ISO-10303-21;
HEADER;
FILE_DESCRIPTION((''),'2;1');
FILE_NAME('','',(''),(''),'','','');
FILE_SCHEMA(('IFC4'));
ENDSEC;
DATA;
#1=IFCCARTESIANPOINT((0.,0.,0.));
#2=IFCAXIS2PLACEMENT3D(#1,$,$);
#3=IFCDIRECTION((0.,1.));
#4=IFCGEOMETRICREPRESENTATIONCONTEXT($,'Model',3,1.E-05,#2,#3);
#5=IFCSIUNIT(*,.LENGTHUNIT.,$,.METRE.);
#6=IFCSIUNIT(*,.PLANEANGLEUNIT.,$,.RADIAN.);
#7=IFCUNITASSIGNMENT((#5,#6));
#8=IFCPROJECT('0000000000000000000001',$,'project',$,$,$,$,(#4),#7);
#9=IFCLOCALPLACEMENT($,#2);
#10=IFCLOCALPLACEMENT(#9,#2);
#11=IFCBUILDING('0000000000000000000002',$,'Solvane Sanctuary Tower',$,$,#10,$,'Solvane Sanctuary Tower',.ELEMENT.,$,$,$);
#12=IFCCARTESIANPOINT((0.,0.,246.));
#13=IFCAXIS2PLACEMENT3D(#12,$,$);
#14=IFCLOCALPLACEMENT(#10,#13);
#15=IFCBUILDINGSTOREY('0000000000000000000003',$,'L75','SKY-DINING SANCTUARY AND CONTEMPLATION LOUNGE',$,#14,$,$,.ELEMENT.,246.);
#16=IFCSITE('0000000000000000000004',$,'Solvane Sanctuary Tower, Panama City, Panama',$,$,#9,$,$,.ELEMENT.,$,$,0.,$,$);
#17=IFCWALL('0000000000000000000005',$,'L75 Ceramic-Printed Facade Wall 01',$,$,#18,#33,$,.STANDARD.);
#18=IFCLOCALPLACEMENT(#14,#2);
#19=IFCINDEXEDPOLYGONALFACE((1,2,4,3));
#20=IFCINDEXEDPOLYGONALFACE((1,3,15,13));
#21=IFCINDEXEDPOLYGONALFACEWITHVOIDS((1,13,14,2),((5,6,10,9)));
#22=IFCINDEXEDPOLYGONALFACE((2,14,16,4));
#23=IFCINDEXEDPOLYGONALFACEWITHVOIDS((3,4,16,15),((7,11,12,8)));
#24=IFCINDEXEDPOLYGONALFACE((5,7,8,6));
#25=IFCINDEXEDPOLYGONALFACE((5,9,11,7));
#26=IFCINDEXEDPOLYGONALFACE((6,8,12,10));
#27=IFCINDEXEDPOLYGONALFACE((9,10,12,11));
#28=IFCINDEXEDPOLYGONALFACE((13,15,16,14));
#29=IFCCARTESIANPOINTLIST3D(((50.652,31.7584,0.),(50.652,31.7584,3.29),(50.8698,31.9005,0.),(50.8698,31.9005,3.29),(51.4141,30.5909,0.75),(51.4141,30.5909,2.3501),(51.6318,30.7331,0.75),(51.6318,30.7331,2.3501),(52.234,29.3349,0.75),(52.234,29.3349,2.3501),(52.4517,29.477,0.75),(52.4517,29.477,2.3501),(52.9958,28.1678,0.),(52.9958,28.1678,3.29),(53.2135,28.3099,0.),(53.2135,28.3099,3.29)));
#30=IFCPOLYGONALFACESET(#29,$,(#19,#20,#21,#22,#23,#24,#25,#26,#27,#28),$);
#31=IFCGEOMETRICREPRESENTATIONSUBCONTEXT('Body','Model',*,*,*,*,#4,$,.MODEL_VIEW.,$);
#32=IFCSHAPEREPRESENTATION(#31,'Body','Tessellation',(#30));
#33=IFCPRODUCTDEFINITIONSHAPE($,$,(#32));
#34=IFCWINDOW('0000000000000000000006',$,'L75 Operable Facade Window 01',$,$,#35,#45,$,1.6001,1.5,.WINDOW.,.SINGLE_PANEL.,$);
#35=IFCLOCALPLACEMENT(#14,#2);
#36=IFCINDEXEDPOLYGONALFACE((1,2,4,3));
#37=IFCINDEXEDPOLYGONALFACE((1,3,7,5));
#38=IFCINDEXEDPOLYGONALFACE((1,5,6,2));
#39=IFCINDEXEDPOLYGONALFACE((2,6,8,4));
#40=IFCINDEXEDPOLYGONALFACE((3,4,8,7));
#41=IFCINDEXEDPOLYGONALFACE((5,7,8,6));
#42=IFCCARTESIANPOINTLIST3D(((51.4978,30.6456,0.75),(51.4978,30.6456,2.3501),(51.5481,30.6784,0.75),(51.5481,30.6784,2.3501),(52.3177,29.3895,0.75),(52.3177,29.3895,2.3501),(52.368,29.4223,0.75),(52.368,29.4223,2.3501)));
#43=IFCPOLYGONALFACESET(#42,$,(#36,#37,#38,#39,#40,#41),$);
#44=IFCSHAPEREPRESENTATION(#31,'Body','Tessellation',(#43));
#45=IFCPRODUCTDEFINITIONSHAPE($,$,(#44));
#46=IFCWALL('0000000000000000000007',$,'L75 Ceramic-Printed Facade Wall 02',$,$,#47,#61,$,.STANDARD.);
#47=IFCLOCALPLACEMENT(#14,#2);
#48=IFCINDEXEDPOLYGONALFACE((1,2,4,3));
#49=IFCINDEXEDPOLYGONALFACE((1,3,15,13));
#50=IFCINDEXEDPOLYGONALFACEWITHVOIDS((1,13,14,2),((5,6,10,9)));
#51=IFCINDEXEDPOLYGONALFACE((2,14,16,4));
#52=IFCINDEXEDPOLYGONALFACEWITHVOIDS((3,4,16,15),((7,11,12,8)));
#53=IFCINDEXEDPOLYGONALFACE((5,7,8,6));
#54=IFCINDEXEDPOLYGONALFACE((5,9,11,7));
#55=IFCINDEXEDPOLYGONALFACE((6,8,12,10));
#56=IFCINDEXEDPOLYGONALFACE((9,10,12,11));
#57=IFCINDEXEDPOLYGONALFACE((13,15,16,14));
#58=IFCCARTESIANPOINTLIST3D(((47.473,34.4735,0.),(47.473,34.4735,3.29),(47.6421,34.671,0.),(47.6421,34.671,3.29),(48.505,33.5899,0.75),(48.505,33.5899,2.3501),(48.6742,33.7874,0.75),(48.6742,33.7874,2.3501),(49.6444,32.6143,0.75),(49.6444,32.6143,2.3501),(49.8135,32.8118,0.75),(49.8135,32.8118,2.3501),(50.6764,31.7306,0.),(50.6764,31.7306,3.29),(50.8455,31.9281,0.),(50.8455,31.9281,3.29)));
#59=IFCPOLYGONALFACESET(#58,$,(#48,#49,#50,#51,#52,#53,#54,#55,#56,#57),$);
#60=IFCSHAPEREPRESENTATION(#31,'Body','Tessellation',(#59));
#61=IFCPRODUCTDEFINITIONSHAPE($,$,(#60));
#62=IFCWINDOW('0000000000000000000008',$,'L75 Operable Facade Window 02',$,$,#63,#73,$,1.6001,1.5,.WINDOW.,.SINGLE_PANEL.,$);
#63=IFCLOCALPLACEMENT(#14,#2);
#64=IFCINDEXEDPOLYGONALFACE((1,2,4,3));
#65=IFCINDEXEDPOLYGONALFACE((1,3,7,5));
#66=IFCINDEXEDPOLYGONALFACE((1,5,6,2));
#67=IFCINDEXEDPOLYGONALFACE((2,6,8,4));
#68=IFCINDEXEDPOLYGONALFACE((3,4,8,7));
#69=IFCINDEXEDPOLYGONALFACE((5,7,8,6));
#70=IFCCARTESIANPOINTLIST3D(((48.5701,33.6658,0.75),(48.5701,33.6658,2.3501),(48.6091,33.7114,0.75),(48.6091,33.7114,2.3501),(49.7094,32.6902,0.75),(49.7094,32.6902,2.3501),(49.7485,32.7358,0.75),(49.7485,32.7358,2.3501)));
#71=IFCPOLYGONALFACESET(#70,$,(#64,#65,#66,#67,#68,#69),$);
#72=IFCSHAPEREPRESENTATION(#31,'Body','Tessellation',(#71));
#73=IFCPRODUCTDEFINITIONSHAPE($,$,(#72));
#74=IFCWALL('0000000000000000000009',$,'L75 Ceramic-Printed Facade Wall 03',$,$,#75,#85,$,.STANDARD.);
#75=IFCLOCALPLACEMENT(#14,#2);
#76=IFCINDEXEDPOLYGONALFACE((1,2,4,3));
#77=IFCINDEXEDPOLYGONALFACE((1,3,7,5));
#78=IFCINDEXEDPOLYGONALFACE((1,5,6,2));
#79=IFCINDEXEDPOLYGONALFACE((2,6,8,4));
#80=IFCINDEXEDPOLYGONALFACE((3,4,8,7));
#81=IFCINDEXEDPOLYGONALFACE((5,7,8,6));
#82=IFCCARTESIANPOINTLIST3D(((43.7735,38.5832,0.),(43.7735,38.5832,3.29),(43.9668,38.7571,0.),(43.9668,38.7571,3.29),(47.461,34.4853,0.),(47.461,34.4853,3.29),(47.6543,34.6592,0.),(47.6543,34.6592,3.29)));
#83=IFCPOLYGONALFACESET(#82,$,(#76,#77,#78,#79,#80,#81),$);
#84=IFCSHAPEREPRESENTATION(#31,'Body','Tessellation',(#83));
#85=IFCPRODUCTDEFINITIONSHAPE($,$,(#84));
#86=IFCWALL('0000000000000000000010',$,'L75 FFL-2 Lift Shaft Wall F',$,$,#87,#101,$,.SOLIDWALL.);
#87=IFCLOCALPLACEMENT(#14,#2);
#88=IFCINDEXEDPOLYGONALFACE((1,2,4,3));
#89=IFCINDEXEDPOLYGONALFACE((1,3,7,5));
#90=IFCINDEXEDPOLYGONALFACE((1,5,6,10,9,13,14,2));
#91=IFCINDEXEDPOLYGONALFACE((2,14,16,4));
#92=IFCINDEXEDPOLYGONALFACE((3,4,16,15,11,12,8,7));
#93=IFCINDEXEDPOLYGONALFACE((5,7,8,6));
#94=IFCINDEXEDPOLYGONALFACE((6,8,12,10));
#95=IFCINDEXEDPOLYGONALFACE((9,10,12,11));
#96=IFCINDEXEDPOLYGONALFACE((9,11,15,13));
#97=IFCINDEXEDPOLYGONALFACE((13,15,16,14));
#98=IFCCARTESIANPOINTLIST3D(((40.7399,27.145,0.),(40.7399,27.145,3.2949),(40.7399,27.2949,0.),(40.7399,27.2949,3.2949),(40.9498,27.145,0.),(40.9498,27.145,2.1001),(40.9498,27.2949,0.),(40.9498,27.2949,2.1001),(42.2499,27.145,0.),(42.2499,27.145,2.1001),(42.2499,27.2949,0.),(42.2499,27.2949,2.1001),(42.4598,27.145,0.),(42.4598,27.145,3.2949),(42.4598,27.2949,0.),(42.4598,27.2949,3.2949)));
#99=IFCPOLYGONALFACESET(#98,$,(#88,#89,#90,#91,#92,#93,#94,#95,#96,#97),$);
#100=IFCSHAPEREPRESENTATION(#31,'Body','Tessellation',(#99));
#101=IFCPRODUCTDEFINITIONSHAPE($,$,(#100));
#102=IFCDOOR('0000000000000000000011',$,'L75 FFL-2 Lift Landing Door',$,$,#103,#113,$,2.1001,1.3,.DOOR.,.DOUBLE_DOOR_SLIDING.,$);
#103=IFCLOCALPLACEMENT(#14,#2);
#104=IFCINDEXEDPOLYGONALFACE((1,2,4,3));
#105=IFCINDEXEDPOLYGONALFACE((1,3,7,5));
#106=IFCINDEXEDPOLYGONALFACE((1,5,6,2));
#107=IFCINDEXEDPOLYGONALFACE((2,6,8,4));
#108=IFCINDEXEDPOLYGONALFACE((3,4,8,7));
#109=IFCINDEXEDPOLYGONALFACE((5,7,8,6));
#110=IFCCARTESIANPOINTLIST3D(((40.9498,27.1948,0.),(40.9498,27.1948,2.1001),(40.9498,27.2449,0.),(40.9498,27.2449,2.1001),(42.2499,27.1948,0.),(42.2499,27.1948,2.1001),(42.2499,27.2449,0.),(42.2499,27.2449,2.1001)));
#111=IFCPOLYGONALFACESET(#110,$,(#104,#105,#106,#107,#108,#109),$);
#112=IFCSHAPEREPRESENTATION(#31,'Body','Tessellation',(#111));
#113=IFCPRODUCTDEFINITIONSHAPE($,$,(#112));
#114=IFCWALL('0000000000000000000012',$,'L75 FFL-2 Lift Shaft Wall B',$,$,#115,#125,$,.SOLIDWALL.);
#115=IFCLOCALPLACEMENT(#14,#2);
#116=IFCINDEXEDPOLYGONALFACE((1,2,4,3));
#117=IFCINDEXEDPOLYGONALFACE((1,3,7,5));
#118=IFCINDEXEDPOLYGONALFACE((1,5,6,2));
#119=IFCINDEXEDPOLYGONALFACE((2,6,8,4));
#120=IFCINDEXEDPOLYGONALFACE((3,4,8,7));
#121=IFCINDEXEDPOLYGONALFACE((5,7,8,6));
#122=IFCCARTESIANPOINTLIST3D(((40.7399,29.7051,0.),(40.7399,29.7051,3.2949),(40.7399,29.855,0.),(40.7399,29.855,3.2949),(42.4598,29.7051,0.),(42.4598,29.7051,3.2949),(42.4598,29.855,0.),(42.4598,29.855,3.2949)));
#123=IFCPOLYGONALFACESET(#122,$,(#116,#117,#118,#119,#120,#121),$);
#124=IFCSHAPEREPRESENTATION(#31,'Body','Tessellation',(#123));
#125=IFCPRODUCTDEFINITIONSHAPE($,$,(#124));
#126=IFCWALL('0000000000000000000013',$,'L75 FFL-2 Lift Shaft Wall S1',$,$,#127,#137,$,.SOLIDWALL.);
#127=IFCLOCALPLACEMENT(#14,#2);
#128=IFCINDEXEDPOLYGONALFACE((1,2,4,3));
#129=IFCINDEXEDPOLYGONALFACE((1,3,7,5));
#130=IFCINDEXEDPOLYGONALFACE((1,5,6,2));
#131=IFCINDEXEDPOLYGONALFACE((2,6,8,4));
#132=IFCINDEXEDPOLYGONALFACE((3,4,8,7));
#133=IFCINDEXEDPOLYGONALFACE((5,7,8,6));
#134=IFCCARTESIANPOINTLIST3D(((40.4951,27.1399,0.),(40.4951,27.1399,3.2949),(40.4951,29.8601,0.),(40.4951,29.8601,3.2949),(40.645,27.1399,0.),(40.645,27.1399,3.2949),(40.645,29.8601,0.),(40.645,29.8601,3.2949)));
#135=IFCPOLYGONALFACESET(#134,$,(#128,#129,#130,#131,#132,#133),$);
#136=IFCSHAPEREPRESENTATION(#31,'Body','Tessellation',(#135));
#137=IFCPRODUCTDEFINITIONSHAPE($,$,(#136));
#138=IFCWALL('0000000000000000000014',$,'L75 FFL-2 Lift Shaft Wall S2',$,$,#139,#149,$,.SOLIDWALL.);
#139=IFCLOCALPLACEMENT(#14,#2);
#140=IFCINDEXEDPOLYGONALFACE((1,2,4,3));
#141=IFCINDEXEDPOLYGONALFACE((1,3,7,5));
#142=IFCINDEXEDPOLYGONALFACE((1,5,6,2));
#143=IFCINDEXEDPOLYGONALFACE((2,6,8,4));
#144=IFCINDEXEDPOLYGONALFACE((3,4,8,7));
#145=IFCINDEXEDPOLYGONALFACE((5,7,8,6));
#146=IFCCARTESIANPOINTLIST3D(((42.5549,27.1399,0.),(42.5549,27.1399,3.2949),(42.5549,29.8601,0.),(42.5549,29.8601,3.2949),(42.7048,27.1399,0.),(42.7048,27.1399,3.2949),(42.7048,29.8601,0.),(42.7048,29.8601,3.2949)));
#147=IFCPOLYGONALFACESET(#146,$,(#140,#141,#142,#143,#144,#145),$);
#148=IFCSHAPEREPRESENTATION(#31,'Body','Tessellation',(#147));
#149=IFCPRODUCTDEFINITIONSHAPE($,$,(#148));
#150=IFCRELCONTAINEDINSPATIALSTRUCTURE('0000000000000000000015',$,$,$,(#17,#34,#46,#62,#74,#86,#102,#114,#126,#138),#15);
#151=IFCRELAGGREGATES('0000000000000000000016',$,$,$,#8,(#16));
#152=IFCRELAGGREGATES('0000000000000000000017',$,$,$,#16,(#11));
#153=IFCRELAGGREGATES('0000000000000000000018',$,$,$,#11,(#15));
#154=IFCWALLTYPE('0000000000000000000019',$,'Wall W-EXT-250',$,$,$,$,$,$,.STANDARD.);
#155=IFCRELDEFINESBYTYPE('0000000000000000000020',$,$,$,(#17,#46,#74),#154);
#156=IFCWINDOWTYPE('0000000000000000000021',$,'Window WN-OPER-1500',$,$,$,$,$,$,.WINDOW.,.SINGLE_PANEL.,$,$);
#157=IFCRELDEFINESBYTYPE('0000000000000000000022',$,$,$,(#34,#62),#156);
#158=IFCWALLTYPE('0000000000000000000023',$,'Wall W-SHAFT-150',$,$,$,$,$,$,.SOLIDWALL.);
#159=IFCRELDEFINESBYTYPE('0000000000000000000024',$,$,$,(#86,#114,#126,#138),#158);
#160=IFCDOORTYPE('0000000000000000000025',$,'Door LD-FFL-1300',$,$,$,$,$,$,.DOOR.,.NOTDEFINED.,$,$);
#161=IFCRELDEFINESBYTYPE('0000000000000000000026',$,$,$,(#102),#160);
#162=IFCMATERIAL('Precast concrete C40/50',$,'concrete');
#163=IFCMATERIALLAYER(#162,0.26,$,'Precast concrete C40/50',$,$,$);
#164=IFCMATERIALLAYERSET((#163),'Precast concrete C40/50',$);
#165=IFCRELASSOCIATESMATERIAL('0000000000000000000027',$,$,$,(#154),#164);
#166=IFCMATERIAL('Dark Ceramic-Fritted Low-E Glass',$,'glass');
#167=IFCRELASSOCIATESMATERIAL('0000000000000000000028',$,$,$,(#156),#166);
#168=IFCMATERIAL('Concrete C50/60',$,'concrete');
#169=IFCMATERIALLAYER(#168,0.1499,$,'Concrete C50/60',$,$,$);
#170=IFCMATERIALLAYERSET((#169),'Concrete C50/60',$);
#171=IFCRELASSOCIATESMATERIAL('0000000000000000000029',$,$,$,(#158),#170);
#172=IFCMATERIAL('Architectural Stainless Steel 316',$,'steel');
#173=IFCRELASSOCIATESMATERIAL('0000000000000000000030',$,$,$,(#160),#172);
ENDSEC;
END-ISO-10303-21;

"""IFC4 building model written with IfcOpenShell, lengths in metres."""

from ifc_helpers import new_model, si_unit, direction, frame, frame_2d, origin, place, context, subcontext, project, spatial, rectangle, extrude, material, layer, layer_set, type_object, element, fill, save


model = new_model("IFC4")

# Units and contexts
model_context = context("Model", 3, precision=1e-05, world=origin(), true_north=direction((0.0, 1.0)))
body_context = subcontext(model_context, "Body", "Model", "MODEL_VIEW")
ifc_project = project(units=[si_unit("LENGTHUNIT", "METRE"), si_unit("PLANEANGLEUNIT", "RADIAN")], contexts=[model_context])

# Site, building, storey
site_placement = place(None, origin())
site = spatial("IfcSite", under=ifc_project, at=site_placement, Name="Solvane Sanctuary Tower, Panama City, Panama", CompositionType="ELEMENT", RefElevation=0.0)
building_placement = place(site_placement, origin())
building = spatial("IfcBuilding", under=site, at=building_placement, Name="Solvane Sanctuary Tower", LongName="Solvane Sanctuary Tower", CompositionType="ELEMENT")
storey_placement = place(building_placement, frame((0.0, 0.0, 246.0)))
storey = spatial("IfcBuildingStorey", under=building, at=storey_placement, Name="L75", Description="SKY-DINING SANCTUARY AND CONTEMPLATION LOUNGE", CompositionType="ELEMENT", Elevation=246.0)

# Shared definitions
ifc_material_1 = material(Name="Concrete C50/60", Category="concrete")

# Walls, openings, windows
ifc_material_2 = material(Name="Precast concrete C40/50", Category="concrete")
ifc_layer_1 = layer(ifc_material_2, 0.26, Name="Precast concrete C40/50")
ifc_layer_set_1 = layer_set([ifc_layer_1], Name="Precast concrete C40/50")
wall_type_1 = type_object("IfcWallType", Name="Wall W-EXT-250", PredefinedType="STANDARD", material=ifc_layer_set_1)
wall_1_placement = place(storey_placement, frame((53.1047, 28.2388, 0.0), z_axis=(0.0, 0.0, 1.0), x_axis=(-0.546606, 0.83739, 0.0)))
wall_1 = element("IfcWall", 1, at=wall_1_placement, inside=storey, type_object=wall_type_1, Name="L75 Ceramic-Printed Facade Wall 01", PredefinedType="STANDARD", context=body_context, shape_type="SweptSolid", body=[
    extrude(rectangle(XDim=4.2878, YDim=0.26, at=frame_2d((2.144, 0.0))), origin(), (0.0, 0.0, 1.0), 3.29),
])
opening_1_placement = place(wall_1_placement, frame((1.3938, 0.0, 0.75)))
opening_1 = element("IfcOpeningElement", 2, at=opening_1_placement, cuts=wall_1, PredefinedType="OPENING", context=body_context, shape_type="SweptSolid", body=[
    extrude(rectangle(XDim=1.5, YDim=1.6001, at=frame_2d((0.75, 0.8))), frame((0.0, 0.1399, 0.0), z_axis=(0.0, -1.0, 0.0), x_axis=(1.0, 0.0, 0.0)), (0.0, 0.0, 1.0), 0.28),
])
ifc_material_3 = material(Name="Dark Ceramic-Fritted Low-E Glass", Category="glass")
window_type = type_object("IfcWindowType", Name="Window WN-OPER-1500", PartitioningType="SINGLE_PANEL", PredefinedType="WINDOW", material=ifc_material_3)
window_1_placement = place(opening_1_placement, origin())
window_1 = element("IfcWindow", 3, at=window_1_placement, inside=storey, type_object=window_type, Name="L75 Operable Facade Window 01", OverallHeight=1.6001, OverallWidth=1.5, PartitioningType="SINGLE_PANEL", PredefinedType="WINDOW", context=body_context, shape_type="SweptSolid", body=[
    extrude(rectangle(XDim=1.5, YDim=1.6001, at=frame_2d((0.75, 0.8))), frame((0.0, 0.03, 0.0), z_axis=(0.0, -1.0, 0.0), x_axis=(1.0, 0.0, 0.0)), (0.0, 0.0, 1.0), 0.0601),
])
fill(opening_1, window_1)
wall_2_placement = place(storey_placement, frame((50.761, 31.8293, 0.0), z_axis=(0.0, 0.0, 1.0), x_axis=(-0.759588, 0.650405, 0.0)))
wall_2 = element("IfcWall", 4, at=wall_2_placement, inside=storey, type_object=wall_type_1, Name="L75 Ceramic-Printed Facade Wall 02", PredefinedType="STANDARD", context=body_context, shape_type="SweptSolid", body=[
    extrude(rectangle(XDim=4.2173, YDim=0.26, at=frame_2d((2.1086, 0.0))), origin(), (0.0, 0.0, 1.0), 3.29),
])
opening_2_placement = place(wall_2_placement, frame((1.3586, 0.0, 0.75)))
opening_2 = element("IfcOpeningElement", 5, at=opening_2_placement, cuts=wall_2, PredefinedType="OPENING", context=body_context, shape_type="SweptSolid", body=[
    extrude(rectangle(XDim=1.5, YDim=1.6001, at=frame_2d((0.75, 0.8))), frame((0.0, 0.1399, 0.0), z_axis=(0.0, -1.0, 0.0), x_axis=(1.0, 0.0, 0.0)), (0.0, 0.0, 1.0), 0.28),
])
window_2_placement = place(opening_2_placement, origin())
window_2 = element("IfcWindow", 6, at=window_2_placement, inside=storey, type_object=window_type, Name="L75 Operable Facade Window 02", OverallHeight=1.6001, OverallWidth=1.5, PartitioningType="SINGLE_PANEL", PredefinedType="WINDOW", context=body_context, shape_type="SweptSolid", body=[
    extrude(rectangle(XDim=1.5, YDim=1.6001, at=frame_2d((0.75, 0.8))), frame((0.0, 0.03, 0.0), z_axis=(0.0, -1.0, 0.0), x_axis=(1.0, 0.0, 0.0)), (0.0, 0.0, 1.0), 0.0601),
])
fill(opening_2, window_2)

# Wall
wall_3_placement = place(storey_placement, frame((47.5576, 34.5723, 0.0), z_axis=(0.0, 0.0, 1.0), x_axis=(-0.668904, 0.743349, 0.0)))
element("IfcWall", 7, at=wall_3_placement, inside=storey, type_object=wall_type_1, Name="L75 Ceramic-Printed Facade Wall 03", PredefinedType="STANDARD", context=body_context, shape_type="SweptSolid", body=[
    extrude(rectangle(XDim=5.5127, YDim=0.26, at=frame_2d((2.7563, 0.0))), origin(), (0.0, 0.0, 1.0), 3.29),
])

# Wall, opening, door
ifc_layer_2 = layer(ifc_material_1, 0.1499, Name="Concrete C50/60")
ifc_layer_set_2 = layer_set([ifc_layer_2], Name="Concrete C50/60")
wall_type_2 = type_object("IfcWallType", Name="Wall W-SHAFT-150", PredefinedType="SOLIDWALL", material=ifc_layer_set_2)
wall_4_placement = place(storey_placement, frame((40.74, 27.22, 0.0), z_axis=(0.0, 0.0, 1.0), x_axis=(1.0, 0.0, 0.0)))
wall_4 = element("IfcWall", 8, at=wall_4_placement, inside=storey, type_object=wall_type_2, Name="L75 FFL-2 Lift Shaft Wall F", PredefinedType="SOLIDWALL", context=body_context, shape_type="SweptSolid", body=[
    extrude(rectangle(XDim=1.72, YDim=0.1499, at=frame_2d((0.8599, 0.0))), origin(), (0.0, 0.0, 1.0), 3.2949),
])
opening_3_placement = place(wall_4_placement, frame((0.21, 0.0, 0.0)))
opening_3 = element("IfcOpeningElement", 9, at=opening_3_placement, cuts=wall_4, PredefinedType="OPENING", context=body_context, shape_type="SweptSolid", body=[
    extrude(rectangle(XDim=1.3, YDim=2.1001, at=frame_2d((0.6499, 1.05))), frame((0.0, 0.085, 0.0), z_axis=(0.0, -1.0, 0.0), x_axis=(1.0, 0.0, 0.0)), (0.0, 0.0, 1.0), 0.1699),
])
ifc_material_4 = material(Name="Architectural Stainless Steel 316", Category="steel")
door_type_1 = type_object("IfcDoorType", Name="Door LD-FFL-1300", OperationType="NOTDEFINED", PredefinedType="DOOR", material=ifc_material_4)
door_1_placement = place(opening_3_placement, origin())
door_1 = element("IfcDoor", 10, at=door_1_placement, inside=storey, type_object=door_type_1, Name="L75 FFL-2 Lift Landing Door", OperationType="DOUBLE_DOOR_SLIDING", OverallHeight=2.1001, OverallWidth=1.3, PredefinedType="DOOR", context=body_context, shape_type="SweptSolid", body=[
    extrude(rectangle(XDim=1.3, YDim=2.1001, at=frame_2d((0.6499, 1.05))), frame((0.0, 0.0249, 0.0), z_axis=(0.0, -1.0, 0.0), x_axis=(1.0, 0.0, 0.0)), (0.0, 0.0, 1.0), 0.05),
])
fill(opening_3, door_1)

# Walls
wall_5_placement = place(storey_placement, frame((40.74, 29.78, 0.0), z_axis=(0.0, 0.0, 1.0), x_axis=(1.0, 0.0, 0.0)))
element("IfcWall", 11, at=wall_5_placement, inside=storey, type_object=wall_type_2, Name="L75 FFL-2 Lift Shaft Wall B", PredefinedType="SOLIDWALL", context=body_context, shape_type="SweptSolid", body=[
    extrude(rectangle(XDim=1.72, YDim=0.1499, at=frame_2d((0.8599, 0.0))), origin(), (0.0, 0.0, 1.0), 3.2949),
])
for number, where, z_axis, x_axis, name in (
    (12, (40.5701, 27.1399, 0.0), (0.0, 0.0, 1.0), (0.0, 1.0, 0.0), "L75 FFL-2 Lift Shaft Wall S1"),
    (13, (42.6299, 27.1399, 0.0), (0.0, 0.0, 1.0), (0.0, 1.0, 0.0), "L75 FFL-2 Lift Shaft Wall S2"),
):
    element("IfcWall", number, at=place(storey_placement, frame(where, z_axis=z_axis, x_axis=x_axis)), inside=storey, type_object=wall_type_2, Name=name, PredefinedType="SOLIDWALL", context=body_context, shape_type="SweptSolid", body=[
        extrude(rectangle(XDim=2.7202, YDim=0.1499, at=frame_2d((1.3601, 0.0))), origin(), (0.0, 0.0, 1.0), 3.2949),
    ])

save(model, "model.ifc")
